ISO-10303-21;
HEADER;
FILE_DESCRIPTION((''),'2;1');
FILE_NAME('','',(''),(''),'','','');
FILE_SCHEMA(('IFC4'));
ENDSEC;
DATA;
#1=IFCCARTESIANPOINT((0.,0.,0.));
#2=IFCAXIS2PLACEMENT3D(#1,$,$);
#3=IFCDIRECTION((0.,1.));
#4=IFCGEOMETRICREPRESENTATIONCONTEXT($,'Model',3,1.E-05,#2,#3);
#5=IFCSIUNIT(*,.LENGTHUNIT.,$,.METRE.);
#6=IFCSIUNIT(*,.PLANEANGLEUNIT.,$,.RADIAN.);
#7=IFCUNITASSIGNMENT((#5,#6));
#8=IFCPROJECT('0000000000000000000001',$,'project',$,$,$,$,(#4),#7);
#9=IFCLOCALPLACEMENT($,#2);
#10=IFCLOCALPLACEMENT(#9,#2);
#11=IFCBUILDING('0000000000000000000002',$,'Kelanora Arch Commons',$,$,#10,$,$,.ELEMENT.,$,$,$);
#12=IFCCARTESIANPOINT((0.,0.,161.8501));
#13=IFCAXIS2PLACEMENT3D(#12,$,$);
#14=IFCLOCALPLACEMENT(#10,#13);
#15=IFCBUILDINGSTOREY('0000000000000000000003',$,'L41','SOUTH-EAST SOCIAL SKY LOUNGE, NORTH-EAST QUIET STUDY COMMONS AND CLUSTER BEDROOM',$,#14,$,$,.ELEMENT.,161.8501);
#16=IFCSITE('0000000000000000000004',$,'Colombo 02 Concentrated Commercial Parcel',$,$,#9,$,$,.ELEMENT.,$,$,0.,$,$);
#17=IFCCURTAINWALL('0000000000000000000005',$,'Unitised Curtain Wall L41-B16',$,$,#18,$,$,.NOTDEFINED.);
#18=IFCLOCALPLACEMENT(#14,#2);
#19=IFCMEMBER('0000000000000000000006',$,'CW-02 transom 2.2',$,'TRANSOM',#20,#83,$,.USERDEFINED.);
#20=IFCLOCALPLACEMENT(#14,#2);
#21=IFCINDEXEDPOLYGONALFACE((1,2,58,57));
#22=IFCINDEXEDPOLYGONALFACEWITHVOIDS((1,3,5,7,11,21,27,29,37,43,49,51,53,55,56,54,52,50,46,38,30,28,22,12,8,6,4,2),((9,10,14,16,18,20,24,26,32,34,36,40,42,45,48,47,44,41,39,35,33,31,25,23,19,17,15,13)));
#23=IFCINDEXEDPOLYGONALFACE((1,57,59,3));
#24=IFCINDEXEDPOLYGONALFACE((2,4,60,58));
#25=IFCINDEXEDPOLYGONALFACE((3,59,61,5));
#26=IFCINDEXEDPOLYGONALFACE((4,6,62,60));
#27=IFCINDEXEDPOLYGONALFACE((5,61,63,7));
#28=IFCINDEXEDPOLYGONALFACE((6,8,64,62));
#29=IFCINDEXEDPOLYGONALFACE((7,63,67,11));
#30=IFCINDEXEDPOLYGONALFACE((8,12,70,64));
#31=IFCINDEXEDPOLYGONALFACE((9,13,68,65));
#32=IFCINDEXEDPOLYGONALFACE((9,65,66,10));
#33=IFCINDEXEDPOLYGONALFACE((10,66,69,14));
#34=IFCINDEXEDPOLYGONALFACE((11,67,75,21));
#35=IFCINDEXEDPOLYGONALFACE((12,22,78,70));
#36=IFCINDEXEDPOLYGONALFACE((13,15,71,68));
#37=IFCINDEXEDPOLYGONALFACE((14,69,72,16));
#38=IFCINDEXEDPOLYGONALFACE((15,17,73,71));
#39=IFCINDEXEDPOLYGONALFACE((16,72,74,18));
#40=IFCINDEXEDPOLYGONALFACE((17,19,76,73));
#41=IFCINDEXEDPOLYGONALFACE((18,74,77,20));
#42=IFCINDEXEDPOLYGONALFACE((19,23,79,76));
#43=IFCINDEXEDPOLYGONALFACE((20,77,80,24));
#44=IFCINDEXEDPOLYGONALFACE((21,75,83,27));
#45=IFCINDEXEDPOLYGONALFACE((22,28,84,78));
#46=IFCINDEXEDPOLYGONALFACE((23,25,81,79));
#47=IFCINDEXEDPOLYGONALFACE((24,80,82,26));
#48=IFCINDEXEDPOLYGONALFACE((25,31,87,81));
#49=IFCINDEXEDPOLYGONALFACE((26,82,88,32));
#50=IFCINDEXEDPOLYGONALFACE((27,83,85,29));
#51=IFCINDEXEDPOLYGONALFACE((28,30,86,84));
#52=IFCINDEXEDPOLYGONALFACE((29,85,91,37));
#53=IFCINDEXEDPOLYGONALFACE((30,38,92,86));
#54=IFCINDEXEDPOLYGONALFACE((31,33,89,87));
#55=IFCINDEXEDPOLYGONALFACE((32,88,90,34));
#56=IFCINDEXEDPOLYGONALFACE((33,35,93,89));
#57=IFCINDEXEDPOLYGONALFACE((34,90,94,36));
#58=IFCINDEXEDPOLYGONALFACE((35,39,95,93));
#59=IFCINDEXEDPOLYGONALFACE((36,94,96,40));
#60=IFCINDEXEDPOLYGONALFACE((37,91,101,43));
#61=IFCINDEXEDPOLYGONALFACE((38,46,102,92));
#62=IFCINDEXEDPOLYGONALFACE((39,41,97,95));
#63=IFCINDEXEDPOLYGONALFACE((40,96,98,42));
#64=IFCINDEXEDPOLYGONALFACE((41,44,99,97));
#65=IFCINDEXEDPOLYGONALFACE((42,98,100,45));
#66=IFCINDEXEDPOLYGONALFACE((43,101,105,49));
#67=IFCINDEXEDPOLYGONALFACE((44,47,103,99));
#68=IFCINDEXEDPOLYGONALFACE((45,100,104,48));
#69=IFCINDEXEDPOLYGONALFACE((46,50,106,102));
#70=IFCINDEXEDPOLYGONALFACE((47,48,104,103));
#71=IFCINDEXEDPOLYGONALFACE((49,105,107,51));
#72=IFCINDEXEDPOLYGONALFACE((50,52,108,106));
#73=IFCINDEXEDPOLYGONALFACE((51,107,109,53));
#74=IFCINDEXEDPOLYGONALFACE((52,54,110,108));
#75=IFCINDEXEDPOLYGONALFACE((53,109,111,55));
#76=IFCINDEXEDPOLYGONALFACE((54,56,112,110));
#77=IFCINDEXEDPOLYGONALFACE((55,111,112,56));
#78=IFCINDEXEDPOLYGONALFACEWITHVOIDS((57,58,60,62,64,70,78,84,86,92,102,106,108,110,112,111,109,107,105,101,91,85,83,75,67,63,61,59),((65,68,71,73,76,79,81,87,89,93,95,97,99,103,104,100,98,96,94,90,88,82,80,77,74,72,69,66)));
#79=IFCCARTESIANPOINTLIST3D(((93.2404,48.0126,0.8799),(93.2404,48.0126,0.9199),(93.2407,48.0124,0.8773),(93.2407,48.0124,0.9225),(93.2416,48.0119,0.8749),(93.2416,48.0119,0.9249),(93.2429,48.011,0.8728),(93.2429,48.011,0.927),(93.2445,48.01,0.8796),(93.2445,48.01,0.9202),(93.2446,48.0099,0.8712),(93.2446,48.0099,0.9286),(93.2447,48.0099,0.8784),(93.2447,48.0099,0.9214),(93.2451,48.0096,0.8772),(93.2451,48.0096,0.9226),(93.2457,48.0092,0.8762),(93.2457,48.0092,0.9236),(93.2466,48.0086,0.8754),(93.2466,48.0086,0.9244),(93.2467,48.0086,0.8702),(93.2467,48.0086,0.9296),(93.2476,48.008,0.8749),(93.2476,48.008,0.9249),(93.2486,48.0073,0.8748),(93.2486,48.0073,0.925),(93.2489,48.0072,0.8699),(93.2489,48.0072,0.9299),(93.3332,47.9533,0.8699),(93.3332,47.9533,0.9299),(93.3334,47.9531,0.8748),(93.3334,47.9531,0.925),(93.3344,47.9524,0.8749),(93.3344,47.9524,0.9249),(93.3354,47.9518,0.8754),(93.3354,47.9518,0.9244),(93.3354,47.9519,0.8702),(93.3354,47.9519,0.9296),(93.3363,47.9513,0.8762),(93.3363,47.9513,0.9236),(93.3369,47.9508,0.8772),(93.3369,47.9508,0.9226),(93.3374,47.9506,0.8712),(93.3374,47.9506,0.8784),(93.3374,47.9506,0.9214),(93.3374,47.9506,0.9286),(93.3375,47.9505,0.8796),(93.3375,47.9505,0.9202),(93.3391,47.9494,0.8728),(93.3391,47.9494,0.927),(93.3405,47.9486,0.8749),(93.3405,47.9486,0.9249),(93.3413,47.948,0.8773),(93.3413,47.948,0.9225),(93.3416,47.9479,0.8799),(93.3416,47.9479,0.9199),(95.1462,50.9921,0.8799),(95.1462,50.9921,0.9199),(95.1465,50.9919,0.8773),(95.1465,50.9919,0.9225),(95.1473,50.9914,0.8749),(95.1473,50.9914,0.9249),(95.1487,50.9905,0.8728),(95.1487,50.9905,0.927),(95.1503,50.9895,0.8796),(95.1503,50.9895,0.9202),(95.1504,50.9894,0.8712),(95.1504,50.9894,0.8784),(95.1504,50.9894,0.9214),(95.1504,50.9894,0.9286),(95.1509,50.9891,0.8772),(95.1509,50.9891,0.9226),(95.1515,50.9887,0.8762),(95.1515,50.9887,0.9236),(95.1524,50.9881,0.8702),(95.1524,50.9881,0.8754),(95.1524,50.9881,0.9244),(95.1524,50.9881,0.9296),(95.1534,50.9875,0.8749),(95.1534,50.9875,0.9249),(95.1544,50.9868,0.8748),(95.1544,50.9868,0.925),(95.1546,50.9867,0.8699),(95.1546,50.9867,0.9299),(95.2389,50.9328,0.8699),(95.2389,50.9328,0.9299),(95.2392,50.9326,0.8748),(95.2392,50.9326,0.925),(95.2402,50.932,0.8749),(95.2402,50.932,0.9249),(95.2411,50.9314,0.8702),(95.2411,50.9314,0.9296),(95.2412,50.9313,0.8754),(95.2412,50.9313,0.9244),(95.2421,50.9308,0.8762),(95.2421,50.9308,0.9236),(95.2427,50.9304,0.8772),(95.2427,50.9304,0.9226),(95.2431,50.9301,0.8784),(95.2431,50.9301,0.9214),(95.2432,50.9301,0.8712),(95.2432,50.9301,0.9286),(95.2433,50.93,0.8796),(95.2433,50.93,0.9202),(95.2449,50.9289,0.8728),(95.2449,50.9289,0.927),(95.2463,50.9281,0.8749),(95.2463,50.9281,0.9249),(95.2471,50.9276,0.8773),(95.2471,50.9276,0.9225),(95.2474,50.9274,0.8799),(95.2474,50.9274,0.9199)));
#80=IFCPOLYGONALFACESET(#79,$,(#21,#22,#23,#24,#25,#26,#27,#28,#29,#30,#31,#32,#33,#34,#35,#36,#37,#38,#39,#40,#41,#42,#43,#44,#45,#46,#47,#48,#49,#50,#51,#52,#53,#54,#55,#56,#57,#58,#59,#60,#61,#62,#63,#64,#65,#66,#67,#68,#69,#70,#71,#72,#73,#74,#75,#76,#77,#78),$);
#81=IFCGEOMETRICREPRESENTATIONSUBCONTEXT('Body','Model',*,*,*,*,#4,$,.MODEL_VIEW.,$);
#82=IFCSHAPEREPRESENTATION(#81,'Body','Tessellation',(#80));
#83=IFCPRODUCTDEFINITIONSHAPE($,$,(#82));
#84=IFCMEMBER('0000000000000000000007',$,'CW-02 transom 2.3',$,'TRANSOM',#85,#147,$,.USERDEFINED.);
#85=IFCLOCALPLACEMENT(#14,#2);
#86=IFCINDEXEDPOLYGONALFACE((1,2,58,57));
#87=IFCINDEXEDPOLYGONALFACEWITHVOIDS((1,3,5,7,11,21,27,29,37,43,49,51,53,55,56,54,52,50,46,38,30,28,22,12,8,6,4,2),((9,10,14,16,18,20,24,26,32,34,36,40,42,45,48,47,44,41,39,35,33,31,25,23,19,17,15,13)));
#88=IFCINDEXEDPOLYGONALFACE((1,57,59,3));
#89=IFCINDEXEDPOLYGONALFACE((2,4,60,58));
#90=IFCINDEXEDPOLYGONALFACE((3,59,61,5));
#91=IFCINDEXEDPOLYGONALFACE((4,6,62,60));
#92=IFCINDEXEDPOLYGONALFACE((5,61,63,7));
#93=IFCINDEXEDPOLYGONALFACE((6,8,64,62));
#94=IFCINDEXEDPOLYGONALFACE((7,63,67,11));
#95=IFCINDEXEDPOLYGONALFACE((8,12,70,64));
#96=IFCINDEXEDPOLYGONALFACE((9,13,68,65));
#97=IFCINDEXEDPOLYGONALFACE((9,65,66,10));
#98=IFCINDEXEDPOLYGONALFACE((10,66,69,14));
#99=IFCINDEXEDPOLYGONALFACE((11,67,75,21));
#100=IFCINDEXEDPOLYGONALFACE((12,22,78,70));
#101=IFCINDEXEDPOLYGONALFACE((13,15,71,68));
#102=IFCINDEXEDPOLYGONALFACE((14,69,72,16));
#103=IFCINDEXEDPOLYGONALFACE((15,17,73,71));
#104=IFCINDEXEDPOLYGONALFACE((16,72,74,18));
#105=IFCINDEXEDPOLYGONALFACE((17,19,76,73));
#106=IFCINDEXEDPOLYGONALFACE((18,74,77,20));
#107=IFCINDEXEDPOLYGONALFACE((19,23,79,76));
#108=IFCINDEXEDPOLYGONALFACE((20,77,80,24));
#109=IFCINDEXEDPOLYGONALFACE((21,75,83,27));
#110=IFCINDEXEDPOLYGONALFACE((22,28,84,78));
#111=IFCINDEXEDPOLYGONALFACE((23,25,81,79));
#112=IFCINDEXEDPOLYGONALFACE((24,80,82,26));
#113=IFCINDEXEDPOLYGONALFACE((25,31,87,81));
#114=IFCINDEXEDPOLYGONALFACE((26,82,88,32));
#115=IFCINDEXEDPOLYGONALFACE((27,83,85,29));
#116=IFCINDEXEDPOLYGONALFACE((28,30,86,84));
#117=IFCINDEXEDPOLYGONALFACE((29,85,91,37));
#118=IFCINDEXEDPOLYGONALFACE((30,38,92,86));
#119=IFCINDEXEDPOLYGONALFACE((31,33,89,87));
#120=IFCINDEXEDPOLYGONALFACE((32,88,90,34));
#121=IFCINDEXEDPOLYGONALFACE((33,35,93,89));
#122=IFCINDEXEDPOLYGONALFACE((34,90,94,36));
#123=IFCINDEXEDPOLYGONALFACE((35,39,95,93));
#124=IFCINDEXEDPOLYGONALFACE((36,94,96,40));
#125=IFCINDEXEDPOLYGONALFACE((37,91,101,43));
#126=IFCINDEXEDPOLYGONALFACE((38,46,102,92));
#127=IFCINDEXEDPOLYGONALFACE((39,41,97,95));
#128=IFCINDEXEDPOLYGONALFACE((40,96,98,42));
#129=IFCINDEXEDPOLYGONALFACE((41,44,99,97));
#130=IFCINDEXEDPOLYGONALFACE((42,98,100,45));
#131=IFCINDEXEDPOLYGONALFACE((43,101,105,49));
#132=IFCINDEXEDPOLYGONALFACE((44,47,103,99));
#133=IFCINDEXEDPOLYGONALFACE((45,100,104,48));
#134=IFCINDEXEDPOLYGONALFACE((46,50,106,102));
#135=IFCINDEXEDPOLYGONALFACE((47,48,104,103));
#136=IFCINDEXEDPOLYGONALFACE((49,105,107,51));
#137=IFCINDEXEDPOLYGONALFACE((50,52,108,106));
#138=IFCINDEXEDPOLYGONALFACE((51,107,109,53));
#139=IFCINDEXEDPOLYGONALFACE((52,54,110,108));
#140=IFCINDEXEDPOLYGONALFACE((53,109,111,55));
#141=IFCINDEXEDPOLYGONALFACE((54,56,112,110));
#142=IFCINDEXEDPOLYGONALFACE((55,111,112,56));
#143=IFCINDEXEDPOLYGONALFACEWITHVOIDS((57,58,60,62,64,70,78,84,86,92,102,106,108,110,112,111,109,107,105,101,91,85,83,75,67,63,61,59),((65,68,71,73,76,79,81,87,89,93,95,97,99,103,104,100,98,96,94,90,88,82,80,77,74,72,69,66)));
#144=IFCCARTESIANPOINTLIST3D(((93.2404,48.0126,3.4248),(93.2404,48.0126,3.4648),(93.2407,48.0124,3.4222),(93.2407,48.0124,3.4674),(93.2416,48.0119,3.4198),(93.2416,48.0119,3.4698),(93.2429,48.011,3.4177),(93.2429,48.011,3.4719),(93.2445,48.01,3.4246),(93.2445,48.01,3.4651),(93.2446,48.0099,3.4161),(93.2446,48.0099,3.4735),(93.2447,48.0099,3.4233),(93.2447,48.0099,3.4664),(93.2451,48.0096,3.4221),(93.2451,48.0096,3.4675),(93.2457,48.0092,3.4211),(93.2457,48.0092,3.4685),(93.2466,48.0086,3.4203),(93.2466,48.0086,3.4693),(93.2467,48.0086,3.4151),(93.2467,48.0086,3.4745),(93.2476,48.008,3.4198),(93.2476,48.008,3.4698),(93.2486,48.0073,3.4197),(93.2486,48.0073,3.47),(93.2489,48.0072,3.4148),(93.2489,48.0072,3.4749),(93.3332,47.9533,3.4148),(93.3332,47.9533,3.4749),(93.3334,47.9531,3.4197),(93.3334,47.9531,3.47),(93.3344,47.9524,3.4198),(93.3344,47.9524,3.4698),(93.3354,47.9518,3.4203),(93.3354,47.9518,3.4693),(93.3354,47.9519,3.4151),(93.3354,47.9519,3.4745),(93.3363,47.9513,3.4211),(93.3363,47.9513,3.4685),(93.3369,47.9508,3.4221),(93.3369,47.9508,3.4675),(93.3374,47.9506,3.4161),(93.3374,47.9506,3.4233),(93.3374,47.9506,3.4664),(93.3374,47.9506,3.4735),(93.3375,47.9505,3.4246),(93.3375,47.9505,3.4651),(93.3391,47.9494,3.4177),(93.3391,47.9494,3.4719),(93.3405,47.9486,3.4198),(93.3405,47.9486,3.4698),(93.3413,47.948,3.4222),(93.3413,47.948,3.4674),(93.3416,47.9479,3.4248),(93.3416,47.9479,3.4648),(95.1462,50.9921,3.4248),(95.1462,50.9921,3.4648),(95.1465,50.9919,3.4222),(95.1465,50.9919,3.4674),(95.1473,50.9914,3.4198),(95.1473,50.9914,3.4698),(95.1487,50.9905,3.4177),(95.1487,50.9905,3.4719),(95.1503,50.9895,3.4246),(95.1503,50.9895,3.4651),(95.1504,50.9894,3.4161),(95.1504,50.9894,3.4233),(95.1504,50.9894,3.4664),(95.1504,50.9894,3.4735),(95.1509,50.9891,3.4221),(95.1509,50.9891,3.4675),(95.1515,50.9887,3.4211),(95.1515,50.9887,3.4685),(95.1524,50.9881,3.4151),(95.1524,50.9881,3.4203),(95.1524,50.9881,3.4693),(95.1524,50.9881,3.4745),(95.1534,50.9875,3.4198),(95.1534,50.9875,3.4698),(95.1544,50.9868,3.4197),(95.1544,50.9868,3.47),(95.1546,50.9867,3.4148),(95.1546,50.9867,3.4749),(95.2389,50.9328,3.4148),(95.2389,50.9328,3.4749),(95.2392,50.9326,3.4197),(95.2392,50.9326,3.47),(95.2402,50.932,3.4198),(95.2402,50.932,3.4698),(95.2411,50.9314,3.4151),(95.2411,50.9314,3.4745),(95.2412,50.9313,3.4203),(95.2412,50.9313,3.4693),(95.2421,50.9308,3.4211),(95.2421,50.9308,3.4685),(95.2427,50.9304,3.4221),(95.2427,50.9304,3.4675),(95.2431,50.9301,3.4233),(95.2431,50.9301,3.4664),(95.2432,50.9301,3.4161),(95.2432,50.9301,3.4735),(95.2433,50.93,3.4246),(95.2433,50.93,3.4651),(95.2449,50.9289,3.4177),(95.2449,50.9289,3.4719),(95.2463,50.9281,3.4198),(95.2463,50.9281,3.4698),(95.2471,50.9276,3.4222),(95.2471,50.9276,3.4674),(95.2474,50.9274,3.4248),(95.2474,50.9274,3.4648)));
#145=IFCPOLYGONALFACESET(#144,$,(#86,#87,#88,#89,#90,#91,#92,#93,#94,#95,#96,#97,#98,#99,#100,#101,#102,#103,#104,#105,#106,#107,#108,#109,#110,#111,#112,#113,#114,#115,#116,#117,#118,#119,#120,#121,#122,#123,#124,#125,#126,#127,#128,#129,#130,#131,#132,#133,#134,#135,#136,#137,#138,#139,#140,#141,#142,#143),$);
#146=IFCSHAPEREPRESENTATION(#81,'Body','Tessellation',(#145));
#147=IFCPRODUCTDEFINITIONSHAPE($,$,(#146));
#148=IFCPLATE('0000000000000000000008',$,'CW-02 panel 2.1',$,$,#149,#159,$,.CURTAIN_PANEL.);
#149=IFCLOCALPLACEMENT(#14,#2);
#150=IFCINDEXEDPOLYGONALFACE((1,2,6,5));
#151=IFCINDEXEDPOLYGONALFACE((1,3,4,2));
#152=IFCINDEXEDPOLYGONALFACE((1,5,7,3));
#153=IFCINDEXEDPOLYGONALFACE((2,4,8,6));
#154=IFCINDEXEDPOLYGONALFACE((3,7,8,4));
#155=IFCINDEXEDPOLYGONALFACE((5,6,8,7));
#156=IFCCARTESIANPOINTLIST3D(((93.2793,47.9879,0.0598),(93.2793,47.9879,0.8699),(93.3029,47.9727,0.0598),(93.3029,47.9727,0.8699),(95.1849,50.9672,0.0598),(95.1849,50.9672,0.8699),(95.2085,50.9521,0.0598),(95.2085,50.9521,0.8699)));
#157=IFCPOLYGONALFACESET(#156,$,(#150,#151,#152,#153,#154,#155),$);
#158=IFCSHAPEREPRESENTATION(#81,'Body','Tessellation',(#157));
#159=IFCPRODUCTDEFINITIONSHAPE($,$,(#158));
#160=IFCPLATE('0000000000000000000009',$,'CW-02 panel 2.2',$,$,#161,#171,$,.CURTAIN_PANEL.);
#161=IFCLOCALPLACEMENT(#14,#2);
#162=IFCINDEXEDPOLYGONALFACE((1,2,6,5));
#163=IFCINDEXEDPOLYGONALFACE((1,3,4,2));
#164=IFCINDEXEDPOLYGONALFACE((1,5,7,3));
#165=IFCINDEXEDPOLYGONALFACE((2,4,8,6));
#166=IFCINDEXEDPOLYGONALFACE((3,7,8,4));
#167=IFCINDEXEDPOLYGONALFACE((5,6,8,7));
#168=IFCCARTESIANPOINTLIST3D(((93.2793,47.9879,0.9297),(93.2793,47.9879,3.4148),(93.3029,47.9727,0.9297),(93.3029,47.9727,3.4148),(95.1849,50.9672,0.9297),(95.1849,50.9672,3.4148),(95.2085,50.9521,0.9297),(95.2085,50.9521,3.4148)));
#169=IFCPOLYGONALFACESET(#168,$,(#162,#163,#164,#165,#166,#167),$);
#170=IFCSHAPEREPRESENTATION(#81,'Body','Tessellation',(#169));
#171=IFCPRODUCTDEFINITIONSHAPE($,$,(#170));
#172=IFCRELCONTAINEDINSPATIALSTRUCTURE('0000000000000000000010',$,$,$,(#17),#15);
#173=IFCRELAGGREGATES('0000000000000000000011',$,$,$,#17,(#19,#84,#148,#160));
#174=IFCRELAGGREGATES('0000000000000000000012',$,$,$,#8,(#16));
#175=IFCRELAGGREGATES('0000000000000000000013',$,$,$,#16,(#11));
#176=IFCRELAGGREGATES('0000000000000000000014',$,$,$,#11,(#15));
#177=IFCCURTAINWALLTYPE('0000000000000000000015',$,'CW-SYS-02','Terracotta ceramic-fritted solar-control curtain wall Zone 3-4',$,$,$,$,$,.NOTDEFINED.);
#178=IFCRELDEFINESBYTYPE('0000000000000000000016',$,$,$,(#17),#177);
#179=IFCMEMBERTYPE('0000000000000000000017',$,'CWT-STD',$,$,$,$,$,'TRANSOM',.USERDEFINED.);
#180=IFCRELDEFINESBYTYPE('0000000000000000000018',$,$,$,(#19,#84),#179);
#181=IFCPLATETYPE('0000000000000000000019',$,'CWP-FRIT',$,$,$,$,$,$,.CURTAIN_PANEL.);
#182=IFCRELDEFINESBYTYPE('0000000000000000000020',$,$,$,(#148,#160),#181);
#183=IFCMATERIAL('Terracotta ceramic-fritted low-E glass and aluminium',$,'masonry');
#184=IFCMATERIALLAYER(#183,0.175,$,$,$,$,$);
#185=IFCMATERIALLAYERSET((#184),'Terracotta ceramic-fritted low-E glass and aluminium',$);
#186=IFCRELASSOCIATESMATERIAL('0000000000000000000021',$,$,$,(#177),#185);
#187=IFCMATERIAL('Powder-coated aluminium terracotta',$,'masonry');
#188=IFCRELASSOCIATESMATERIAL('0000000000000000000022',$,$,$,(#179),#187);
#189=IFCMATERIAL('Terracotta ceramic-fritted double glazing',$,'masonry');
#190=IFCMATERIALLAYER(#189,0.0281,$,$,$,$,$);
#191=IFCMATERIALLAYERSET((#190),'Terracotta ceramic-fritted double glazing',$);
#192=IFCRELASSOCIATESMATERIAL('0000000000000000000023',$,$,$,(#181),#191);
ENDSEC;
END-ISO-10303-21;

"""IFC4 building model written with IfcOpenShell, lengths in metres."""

from ifc_helpers import new_model, si_unit, direction, frame, origin, origin_2d, place, context, subcontext, project, spatial, rectangle, hollow_rectangle, extrude, source, transform, mapped, material, layer, layer_set, material_profile, profile_set, type_object, element, aggregate, save


model = new_model("IFC4")

# Units and contexts
model_context = context("Model", 3, precision=1e-05, world=origin(), true_north=direction((0.0, 1.0)))
body_context = subcontext(model_context, "Body", "Model", "MODEL_VIEW")
ifc_project = project(units=[si_unit("LENGTHUNIT", "METRE"), si_unit("PLANEANGLEUNIT", "RADIAN")], contexts=[model_context])

# Site, building, storey
site_placement = place(None, origin())
site = spatial("IfcSite", under=ifc_project, at=site_placement, Name="Colombo 02 Concentrated Commercial Parcel", CompositionType="ELEMENT", RefElevation=0.0)
building_placement = place(site_placement, origin())
building = spatial("IfcBuilding", under=site, at=building_placement, Name="Kelanora Arch Commons", CompositionType="ELEMENT")
storey_placement = place(building_placement, frame((0.0, 0.0, 161.8501)))
storey = spatial("IfcBuildingStorey", under=building, at=storey_placement, Name="L41", Description="SOUTH-EAST SOCIAL SKY LOUNGE, NORTH-EAST QUIET STUDY COMMONS AND CLUSTER BEDROOM", CompositionType="ELEMENT", Elevation=161.8501)

# Shared definitions
ifc_material_1 = material(Name="Terracotta ceramic-fritted low-E glass and aluminium", Category="masonry")
ifc_layer_1 = layer(ifc_material_1, 0.175)
ifc_layer_set_1 = layer_set([ifc_layer_1], Name="Terracotta ceramic-fritted low-E glass and aluminium")
curtain_wall_type = type_object("IfcCurtainWallType", Name="CW-SYS-02", Description="Terracotta ceramic-fritted solar-control curtain wall Zone 3-4", PredefinedType="NOTDEFINED", material=ifc_layer_set_1)
ifc_material_2 = material(Name="Powder-coated aluminium terracotta", Category="masonry")

# Curtain wall, members, plates
curtain_wall_1_placement = place(storey_placement, origin())
curtain_wall_1 = element("IfcCurtainWall", 1, at=curtain_wall_1_placement, inside=storey, type_object=curtain_wall_type, Name="Unitised Curtain Wall L41-B16", PredefinedType="NOTDEFINED")
ifc_material_profile_1 = material_profile(ifc_material_2, hollow_rectangle(XDim=0.1201, YDim=0.0601, WallThickness=0.0049, InnerFilletRadius=0.0049, OuterFilletRadius=0.01, at=origin_2d()), Name="CWT120x60")
ifc_profile_set_1 = profile_set([ifc_material_profile_1], Name="Powder-coated aluminium terracotta")
member_type_1 = type_object("IfcMemberType", Name="CWT-STD", ElementType="TRANSOM", PredefinedType="USERDEFINED", material=ifc_profile_set_1)
member_1_placement = place(storey_placement, frame((93.291, 47.9802, 0.8999), z_axis=(0.53883, 0.842414, 0.0), x_axis=(-0.842414, 0.53883, 0.0)))
member_1 = element("IfcMember", 2, at=member_1_placement, type_object=member_type_1, Name="CW-02 transom 2.2", ObjectType="TRANSOM", PredefinedType="USERDEFINED", context=body_context, shape_type="SweptSolid", body=[
    extrude(hollow_rectangle(XDim=0.1201, YDim=0.0601, WallThickness=0.0049, InnerFilletRadius=0.0049, OuterFilletRadius=0.01, at=origin_2d()), origin(), (0.0, 0.0, 1.0), 3.5369),
])
member_2_placement = place(storey_placement, frame((93.291, 47.9802, 3.4448), z_axis=(0.53883, 0.842414, 0.0), x_axis=(-0.842414, 0.53883, 0.0)))
member_2 = element("IfcMember", 3, at=member_2_placement, type_object=member_type_1, Name="CW-02 transom 2.3", ObjectType="TRANSOM", PredefinedType="USERDEFINED", context=body_context, shape_type="SweptSolid", body=[
    extrude(hollow_rectangle(XDim=0.1201, YDim=0.0601, WallThickness=0.0049, InnerFilletRadius=0.0049, OuterFilletRadius=0.01, at=origin_2d()), origin(), (0.0, 0.0, 1.0), 3.5369),
])
ifc_material_3 = material(Name="Terracotta ceramic-fritted double glazing", Category="masonry")
ifc_layer_2 = layer(ifc_material_3, 0.0281)
ifc_layer_set_2 = layer_set([ifc_layer_2], Name="Terracotta ceramic-fritted double glazing")
plate_type = type_object("IfcPlateType", Name="CWP-FRIT", PredefinedType="CURTAIN_PANEL", material=ifc_layer_set_2)
shared_shape_1 = source(origin(), body_context, "Body", "SweptSolid", [
    extrude(rectangle(XDim=3.5366, YDim=0.0281, at=origin_2d()), origin(), (0.0, 0.0, 1.0), 0.8101),
])
plate_1_placement = place(storey_placement, frame((94.2439, 49.47, 0.0598), z_axis=(0.0, 0.0, 1.0), x_axis=(0.538817, 0.842423, 0.0)))
plate_1 = element("IfcPlate", 4, at=plate_1_placement, type_object=plate_type, Name="CW-02 panel 2.1", PredefinedType="CURTAIN_PANEL", context=body_context, shape_type="MappedRepresentation", body=[
    mapped(shared_shape_1, transform((0.0, 0.0, 0.0), scale=1.0)),
])
shared_shape_2 = source(origin(), body_context, "Body", "SweptSolid", [
    extrude(rectangle(XDim=3.5366, YDim=0.0281, at=origin_2d()), origin(), (0.0, 0.0, 1.0), 2.4851),
])
plate_2_placement = place(storey_placement, frame((94.2439, 49.47, 0.9297), z_axis=(0.0, 0.0, 1.0), x_axis=(0.538817, 0.842423, 0.0)))
plate_2 = element("IfcPlate", 5, at=plate_2_placement, type_object=plate_type, Name="CW-02 panel 2.2", PredefinedType="CURTAIN_PANEL", context=body_context, shape_type="MappedRepresentation", body=[
    mapped(shared_shape_2, transform((0.0, 0.0, 0.0), scale=1.0)),
])
aggregate(curtain_wall_1, [member_1, member_2, plate_1, plate_2])

save(model, "model.ifc")
